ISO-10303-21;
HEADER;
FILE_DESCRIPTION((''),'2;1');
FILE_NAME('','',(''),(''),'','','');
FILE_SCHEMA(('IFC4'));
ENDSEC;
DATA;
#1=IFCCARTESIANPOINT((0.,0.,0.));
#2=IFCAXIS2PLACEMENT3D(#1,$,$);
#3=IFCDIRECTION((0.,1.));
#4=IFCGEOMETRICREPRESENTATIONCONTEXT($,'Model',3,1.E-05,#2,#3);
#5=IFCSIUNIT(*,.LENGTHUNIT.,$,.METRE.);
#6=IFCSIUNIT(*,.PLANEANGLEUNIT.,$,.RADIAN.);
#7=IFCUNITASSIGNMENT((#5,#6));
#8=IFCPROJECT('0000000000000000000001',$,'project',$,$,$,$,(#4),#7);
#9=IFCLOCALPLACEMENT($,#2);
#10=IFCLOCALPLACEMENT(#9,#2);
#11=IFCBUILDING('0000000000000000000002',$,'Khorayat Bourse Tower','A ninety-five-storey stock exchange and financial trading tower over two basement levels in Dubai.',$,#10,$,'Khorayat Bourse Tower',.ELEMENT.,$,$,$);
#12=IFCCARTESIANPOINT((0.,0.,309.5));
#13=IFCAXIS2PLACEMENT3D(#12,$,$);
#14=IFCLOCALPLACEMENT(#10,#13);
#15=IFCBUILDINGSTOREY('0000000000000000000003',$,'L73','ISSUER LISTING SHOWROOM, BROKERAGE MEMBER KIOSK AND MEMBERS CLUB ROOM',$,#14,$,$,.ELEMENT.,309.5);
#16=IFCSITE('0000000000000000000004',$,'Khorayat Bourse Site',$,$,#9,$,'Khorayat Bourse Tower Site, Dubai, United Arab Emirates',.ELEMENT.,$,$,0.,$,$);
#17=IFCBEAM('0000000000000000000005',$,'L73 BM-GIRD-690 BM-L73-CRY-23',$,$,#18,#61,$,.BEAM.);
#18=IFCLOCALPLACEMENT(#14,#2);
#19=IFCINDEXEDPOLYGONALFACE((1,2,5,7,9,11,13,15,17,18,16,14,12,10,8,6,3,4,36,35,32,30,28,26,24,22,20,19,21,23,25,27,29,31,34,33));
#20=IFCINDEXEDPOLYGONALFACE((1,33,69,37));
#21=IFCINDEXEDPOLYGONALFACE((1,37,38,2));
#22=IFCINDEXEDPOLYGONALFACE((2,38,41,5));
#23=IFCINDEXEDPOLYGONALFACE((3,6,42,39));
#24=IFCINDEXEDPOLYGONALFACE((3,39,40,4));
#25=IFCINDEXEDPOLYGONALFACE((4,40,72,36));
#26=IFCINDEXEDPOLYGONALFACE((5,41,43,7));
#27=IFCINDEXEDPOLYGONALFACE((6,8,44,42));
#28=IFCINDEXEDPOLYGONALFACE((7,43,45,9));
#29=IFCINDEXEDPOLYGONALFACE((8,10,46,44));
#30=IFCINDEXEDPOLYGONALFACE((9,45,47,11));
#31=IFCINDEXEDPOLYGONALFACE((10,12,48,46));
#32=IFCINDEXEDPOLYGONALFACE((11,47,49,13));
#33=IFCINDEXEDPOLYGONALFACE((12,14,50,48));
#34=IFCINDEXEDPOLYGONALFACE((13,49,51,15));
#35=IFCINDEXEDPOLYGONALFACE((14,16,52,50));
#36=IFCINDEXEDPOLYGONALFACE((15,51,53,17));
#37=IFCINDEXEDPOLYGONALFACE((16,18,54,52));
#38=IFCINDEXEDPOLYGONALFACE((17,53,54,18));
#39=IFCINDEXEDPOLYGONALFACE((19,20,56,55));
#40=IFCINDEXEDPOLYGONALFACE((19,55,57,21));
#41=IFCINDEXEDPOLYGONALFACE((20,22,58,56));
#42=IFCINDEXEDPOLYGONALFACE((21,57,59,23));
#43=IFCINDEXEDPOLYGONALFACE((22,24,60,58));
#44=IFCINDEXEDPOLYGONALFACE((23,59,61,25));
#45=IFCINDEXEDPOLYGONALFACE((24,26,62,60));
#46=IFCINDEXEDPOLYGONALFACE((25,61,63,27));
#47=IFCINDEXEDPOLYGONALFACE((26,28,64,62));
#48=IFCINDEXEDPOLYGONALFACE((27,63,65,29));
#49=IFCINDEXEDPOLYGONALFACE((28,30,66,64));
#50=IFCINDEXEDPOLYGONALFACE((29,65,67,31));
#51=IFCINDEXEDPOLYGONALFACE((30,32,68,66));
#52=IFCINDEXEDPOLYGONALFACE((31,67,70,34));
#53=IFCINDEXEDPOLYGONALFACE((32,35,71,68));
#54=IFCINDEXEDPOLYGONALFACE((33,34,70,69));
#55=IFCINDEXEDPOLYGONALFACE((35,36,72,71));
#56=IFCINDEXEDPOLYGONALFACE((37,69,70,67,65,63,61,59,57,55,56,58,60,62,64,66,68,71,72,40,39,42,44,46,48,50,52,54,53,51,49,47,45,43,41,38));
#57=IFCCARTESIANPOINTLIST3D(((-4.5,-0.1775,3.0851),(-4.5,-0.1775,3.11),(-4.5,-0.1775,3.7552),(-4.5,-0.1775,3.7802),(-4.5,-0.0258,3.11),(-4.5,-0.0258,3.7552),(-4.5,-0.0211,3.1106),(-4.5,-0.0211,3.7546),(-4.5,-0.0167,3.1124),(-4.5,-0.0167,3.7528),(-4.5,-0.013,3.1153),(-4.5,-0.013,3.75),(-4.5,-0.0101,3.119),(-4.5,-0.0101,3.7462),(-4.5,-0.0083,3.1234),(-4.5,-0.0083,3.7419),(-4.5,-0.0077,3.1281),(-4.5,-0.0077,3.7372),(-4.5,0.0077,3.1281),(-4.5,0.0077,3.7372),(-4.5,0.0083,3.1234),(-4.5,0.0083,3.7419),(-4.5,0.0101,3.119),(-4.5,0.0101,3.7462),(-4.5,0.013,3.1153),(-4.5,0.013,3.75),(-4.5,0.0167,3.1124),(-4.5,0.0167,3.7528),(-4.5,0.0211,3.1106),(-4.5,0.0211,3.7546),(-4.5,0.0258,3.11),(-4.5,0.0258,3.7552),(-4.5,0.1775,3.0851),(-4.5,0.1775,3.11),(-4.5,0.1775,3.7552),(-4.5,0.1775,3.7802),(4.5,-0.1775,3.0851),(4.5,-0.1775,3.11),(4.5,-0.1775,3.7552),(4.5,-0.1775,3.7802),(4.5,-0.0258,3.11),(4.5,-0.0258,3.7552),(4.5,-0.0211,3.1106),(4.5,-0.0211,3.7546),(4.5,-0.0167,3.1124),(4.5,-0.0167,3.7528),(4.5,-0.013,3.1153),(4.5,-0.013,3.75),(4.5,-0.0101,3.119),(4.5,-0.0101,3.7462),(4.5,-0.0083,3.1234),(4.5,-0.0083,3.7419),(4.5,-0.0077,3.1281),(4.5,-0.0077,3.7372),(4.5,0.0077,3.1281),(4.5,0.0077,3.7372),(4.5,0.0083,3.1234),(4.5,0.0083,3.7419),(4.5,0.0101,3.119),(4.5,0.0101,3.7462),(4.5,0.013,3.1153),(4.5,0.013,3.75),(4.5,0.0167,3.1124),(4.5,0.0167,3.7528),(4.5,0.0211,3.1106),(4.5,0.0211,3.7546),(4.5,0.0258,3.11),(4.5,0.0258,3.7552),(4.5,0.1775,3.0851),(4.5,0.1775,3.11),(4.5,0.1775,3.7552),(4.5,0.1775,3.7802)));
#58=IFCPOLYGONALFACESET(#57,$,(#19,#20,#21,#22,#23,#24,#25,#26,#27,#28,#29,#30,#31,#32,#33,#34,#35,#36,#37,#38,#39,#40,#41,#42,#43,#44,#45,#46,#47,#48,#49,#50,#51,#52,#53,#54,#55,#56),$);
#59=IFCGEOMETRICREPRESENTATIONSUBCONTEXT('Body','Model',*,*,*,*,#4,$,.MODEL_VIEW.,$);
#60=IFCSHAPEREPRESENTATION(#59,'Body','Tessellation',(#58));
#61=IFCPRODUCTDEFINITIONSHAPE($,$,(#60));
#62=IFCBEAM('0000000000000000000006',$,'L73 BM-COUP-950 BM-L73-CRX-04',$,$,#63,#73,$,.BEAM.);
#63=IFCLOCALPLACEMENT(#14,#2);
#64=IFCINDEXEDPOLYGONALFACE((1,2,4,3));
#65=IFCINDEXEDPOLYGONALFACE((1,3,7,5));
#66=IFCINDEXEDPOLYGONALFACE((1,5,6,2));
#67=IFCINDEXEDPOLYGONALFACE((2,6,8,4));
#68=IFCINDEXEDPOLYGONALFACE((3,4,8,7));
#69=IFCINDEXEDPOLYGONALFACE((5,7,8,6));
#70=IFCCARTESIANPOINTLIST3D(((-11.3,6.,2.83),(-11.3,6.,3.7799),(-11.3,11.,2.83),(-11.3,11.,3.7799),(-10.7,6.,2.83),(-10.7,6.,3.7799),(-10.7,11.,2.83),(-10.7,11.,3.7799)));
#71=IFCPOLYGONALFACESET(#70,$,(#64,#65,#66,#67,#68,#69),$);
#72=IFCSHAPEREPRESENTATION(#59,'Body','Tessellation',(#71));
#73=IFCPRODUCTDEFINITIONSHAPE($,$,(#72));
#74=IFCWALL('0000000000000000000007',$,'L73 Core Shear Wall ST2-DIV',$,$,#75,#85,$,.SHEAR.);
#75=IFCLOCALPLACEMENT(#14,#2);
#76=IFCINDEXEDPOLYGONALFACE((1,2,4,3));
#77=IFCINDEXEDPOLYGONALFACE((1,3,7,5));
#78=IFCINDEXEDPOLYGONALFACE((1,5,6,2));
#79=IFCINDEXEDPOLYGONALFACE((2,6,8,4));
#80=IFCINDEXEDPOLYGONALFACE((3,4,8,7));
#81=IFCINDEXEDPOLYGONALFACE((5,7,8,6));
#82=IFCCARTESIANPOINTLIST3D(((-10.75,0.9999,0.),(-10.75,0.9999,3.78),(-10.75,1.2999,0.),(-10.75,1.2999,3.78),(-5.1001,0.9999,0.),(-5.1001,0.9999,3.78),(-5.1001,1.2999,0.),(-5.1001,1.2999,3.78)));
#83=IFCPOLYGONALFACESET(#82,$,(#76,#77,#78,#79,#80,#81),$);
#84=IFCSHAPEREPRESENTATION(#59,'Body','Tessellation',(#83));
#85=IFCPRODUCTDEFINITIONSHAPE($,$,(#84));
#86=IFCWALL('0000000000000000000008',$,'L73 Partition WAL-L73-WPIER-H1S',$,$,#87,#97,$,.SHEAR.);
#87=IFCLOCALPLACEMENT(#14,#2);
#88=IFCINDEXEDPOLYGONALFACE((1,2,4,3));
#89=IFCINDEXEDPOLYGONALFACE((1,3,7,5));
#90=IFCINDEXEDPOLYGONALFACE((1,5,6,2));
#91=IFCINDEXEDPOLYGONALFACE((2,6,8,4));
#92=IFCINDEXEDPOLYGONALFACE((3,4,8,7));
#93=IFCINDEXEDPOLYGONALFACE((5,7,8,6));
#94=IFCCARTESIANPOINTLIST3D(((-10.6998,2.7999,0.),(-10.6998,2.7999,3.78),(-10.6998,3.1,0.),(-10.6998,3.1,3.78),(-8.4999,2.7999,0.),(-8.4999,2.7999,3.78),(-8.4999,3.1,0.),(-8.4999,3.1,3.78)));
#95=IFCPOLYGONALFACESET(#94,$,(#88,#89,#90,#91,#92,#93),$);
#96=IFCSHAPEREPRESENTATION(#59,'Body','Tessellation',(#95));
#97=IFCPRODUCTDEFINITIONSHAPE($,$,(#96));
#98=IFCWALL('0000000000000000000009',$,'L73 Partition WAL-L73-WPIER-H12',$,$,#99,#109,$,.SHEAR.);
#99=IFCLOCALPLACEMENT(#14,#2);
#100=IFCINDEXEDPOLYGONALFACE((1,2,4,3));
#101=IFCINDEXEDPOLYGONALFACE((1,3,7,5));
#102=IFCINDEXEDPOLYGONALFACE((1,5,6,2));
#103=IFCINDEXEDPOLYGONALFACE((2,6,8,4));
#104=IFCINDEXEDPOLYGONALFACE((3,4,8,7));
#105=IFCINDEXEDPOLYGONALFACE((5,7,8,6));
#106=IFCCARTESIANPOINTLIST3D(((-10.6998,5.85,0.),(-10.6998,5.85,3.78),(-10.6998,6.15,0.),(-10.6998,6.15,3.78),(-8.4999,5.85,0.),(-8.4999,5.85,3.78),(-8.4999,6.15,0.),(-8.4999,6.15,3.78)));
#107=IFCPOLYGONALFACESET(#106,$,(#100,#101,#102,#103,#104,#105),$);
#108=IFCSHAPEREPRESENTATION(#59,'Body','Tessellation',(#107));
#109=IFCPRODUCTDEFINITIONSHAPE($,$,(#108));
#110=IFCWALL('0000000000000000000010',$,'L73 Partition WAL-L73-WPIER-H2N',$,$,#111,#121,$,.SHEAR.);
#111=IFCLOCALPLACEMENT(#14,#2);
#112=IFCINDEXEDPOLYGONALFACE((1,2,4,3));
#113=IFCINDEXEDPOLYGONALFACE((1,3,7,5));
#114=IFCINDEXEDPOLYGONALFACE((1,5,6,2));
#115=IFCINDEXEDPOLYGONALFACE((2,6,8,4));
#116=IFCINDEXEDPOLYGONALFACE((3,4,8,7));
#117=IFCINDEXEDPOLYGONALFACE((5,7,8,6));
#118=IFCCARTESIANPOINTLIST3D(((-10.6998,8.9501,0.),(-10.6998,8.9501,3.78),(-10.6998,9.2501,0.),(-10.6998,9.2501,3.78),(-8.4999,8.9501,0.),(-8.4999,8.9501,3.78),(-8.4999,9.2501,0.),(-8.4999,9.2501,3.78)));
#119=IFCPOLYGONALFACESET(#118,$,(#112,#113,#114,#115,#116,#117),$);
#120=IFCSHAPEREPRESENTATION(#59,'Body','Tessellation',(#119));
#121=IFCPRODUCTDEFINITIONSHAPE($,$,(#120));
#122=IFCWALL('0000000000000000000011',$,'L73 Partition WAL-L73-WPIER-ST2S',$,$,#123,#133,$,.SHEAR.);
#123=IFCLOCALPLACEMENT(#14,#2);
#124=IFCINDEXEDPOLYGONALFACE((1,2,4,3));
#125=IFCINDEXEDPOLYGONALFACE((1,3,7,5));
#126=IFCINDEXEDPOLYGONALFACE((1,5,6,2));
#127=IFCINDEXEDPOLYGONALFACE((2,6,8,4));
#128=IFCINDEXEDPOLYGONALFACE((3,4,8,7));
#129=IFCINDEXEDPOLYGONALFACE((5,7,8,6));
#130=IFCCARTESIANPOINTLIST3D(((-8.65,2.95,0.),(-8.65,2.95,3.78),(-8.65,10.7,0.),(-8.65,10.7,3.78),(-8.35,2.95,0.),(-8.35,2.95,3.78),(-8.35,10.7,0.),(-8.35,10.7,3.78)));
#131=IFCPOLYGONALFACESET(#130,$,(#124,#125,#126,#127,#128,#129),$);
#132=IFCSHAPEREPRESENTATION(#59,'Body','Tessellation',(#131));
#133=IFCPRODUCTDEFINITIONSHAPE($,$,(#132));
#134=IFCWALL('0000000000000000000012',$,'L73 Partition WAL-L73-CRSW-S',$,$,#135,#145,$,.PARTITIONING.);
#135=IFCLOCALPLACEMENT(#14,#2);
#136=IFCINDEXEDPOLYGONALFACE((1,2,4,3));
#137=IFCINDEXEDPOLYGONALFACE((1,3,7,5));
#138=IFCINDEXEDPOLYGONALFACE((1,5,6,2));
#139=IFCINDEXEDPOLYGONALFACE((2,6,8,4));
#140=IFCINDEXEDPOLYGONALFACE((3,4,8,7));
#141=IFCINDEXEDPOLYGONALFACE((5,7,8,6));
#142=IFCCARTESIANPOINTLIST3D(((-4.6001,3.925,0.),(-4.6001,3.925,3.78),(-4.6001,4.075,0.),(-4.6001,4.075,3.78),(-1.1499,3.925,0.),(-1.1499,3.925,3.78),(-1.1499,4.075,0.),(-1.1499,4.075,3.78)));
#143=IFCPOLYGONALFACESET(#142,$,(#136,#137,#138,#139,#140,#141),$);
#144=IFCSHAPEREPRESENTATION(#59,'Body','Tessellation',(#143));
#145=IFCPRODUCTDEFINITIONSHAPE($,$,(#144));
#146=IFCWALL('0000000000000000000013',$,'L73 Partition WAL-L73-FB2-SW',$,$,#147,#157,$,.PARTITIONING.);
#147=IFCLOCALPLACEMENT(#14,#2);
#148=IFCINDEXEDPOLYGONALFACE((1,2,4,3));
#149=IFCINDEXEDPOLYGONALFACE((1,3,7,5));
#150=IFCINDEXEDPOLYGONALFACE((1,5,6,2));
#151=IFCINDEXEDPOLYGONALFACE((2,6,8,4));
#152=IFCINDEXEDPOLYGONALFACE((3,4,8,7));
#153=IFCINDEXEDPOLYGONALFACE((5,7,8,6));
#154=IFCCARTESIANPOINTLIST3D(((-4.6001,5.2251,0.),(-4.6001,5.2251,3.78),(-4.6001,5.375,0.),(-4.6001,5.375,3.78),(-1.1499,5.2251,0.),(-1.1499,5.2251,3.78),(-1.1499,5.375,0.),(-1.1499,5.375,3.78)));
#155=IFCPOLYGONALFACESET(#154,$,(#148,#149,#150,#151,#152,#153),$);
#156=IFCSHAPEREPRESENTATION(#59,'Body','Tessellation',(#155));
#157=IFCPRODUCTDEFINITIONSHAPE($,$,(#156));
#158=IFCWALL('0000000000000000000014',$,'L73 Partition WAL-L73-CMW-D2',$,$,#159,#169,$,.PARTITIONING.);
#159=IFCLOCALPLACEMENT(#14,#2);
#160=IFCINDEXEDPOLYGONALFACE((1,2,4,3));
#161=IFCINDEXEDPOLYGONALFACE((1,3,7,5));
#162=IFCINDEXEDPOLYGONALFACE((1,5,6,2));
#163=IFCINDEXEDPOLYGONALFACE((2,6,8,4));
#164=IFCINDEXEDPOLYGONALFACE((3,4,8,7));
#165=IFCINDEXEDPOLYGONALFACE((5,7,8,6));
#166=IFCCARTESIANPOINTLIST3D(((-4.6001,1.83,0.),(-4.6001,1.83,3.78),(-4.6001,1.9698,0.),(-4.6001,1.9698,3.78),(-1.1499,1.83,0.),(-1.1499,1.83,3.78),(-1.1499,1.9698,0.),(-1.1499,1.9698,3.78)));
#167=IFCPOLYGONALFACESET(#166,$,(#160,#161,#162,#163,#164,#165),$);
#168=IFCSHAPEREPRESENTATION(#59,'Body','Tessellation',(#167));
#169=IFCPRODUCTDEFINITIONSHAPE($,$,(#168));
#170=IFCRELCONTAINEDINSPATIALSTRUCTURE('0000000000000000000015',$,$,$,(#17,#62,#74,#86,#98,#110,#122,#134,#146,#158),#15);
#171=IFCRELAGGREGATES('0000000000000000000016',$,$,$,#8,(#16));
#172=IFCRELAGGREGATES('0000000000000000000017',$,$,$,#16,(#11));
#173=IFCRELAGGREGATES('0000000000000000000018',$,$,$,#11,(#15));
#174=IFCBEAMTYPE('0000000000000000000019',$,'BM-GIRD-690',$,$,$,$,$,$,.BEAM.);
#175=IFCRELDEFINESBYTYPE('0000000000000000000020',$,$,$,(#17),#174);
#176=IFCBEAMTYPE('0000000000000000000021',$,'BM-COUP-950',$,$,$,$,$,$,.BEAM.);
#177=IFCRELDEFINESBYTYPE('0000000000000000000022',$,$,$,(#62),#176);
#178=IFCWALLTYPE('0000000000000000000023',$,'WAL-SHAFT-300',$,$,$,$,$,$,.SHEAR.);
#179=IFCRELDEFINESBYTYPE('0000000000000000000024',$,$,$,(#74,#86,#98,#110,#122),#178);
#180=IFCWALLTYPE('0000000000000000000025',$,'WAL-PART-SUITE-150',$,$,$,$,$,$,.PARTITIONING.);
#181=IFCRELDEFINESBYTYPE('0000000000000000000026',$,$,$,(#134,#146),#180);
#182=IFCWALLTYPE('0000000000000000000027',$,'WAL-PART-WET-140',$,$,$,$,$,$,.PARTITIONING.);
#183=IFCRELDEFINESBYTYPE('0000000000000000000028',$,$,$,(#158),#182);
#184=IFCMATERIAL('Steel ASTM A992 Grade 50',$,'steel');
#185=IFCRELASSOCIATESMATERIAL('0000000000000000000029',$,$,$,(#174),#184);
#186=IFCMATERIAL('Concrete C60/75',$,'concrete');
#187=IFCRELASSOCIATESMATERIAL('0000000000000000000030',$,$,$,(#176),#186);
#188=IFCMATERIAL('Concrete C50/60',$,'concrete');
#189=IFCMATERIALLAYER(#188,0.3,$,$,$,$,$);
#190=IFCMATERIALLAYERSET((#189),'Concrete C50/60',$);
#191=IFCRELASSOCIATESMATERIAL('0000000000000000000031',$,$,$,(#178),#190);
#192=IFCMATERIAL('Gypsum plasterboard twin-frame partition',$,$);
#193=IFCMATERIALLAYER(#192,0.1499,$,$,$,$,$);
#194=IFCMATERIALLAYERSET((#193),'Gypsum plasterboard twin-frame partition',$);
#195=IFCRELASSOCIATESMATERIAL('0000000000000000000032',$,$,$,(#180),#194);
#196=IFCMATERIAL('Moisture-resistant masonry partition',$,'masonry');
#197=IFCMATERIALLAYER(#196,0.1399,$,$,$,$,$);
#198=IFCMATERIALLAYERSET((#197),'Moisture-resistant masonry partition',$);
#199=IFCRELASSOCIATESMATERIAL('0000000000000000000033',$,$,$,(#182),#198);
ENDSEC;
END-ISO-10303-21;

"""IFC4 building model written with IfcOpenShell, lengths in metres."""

from ifc_helpers import new_model, si_unit, direction, frame, frame_2d, origin, origin_2d, place, context, subcontext, project, spatial, rectangle, i_section, extrude, source, transform, mapped, material, layer, layer_set, material_profile, profile_set, type_object, element, save


model = new_model("IFC4")

# Units and contexts
model_context = context("Model", 3, precision=1e-05, world=origin(), true_north=direction((0.0, 1.0)))
body_context = subcontext(model_context, "Body", "Model", "MODEL_VIEW")
ifc_project = project(units=[si_unit("LENGTHUNIT", "METRE"), si_unit("PLANEANGLEUNIT", "RADIAN")], contexts=[model_context])

# Site, building, storey
site_placement = place(None, origin())
site = spatial("IfcSite", under=ifc_project, at=site_placement, Name="Khorayat Bourse Site", LongName="Khorayat Bourse Tower Site, Dubai, United Arab Emirates", CompositionType="ELEMENT", RefElevation=0.0)
building_placement = place(site_placement, origin())
building = spatial("IfcBuilding", under=site, at=building_placement, Name="Khorayat Bourse Tower", Description="A ninety-five-storey stock exchange and financial trading tower over two basement levels in Dubai.", LongName="Khorayat Bourse Tower", CompositionType="ELEMENT")
storey_placement = place(building_placement, frame((0.0, 0.0, 309.5)))
storey = spatial("IfcBuildingStorey", under=building, at=storey_placement, Name="L73", Description="ISSUER LISTING SHOWROOM, BROKERAGE MEMBER KIOSK AND MEMBERS CLUB ROOM", CompositionType="ELEMENT", Elevation=309.5)

# Beams
ifc_material_1 = material(Name="Steel ASTM A992 Grade 50", Category="steel")
ifc_material_profile_1 = material_profile(ifc_material_1, i_section(OverallWidth=0.355, OverallDepth=0.6951, WebThickness=0.0154, FlangeThickness=0.0249, FilletRadius=0.0181, at=origin_2d()), Name="W690X217")
ifc_profile_set_1 = profile_set([ifc_material_profile_1], Name="Steel ASTM A992 Grade 50")
beam_type_1 = type_object("IfcBeamType", Name="BM-GIRD-690", PredefinedType="BEAM", material=ifc_profile_set_1)
shared_shape_1 = source(origin(), body_context, "Body", "SweptSolid", [
    extrude(i_section(OverallWidth=0.355, OverallDepth=0.6951, WebThickness=0.0154, FlangeThickness=0.0249, FilletRadius=0.0181, at=origin_2d()), origin(), (0.0, 0.0, 1.0), 9.0),
])
beam_1_placement = place(storey_placement, frame((-4.5, 0.0, 3.4326), z_axis=(1.0, 0.0, 0.0), x_axis=(0.0, 1.0, 0.0)))
element("IfcBeam", 1, at=beam_1_placement, inside=storey, type_object=beam_type_1, Name="L73 BM-GIRD-690 BM-L73-CRY-23", PredefinedType="BEAM", context=body_context, shape_type="MappedRepresentation", body=[
    mapped(shared_shape_1, transform((0.0, 0.0, 0.0), scale=1.0)),
])
ifc_material_2 = material(Name="Concrete C60/75", Category="concrete")
ifc_material_profile_2 = material_profile(ifc_material_2, rectangle(XDim=0.6001, YDim=0.95, at=origin_2d()), Name="RC 600x950")
ifc_profile_set_2 = profile_set([ifc_material_profile_2], Name="Concrete C60/75")
beam_type_2 = type_object("IfcBeamType", Name="BM-COUP-950", PredefinedType="BEAM", material=ifc_profile_set_2)
shared_shape_2 = source(origin(), body_context, "Body", "SweptSolid", [
    extrude(rectangle(XDim=0.6001, YDim=0.95, at=origin_2d()), origin(), (0.0, 0.0, 1.0), 5.0),
])
beam_2_placement = place(storey_placement, frame((-11.0, 6.0, 3.3049), z_axis=(0.0, 1.0, 0.0), x_axis=(-1.0, 0.0, 0.0)))
element("IfcBeam", 2, at=beam_2_placement, inside=storey, type_object=beam_type_2, Name="L73 BM-COUP-950 BM-L73-CRX-04", PredefinedType="BEAM", context=body_context, shape_type="MappedRepresentation", body=[
    mapped(shared_shape_2, transform((0.0, 0.0, 0.0), scale=1.0)),
])

# Walls
ifc_material_3 = material(Name="Concrete C50/60", Category="concrete")
ifc_layer_1 = layer(ifc_material_3, 0.3)
ifc_layer_set_1 = layer_set([ifc_layer_1], Name="Concrete C50/60")
wall_type_1 = type_object("IfcWallType", Name="WAL-SHAFT-300", PredefinedType="SHEAR", material=ifc_layer_set_1)
shared_shape_3 = source(origin(), body_context, "Body", "SweptSolid", [
    extrude(rectangle(XDim=5.6499, YDim=0.3, at=frame_2d((2.825, 0.0))), origin(), (0.0, 0.0, 1.0), 3.78),
])
wall_1_placement = place(storey_placement, frame((-10.75, 1.1499, 0.0), z_axis=(0.0, 0.0, 1.0), x_axis=(1.0, 0.0, 0.0)))
element("IfcWall", 3, at=wall_1_placement, inside=storey, type_object=wall_type_1, Name="L73 Core Shear Wall ST2-DIV", PredefinedType="SHEAR", context=body_context, shape_type="MappedRepresentation", body=[
    mapped(shared_shape_3, transform((0.0, 0.0, 0.0), scale=1.0)),
])
shared_shape_4 = source(origin(), body_context, "Body", "SweptSolid", [
    extrude(rectangle(XDim=2.2, YDim=0.3, at=frame_2d((1.1001, 0.0))), origin(), (0.0, 0.0, 1.0), 3.78),
])
for number, where, z_axis, x_axis, name in (
    (4, (-10.7, 2.95, 0.0), (0.0, 0.0, 1.0), (1.0, 0.0, 0.0), "L73 Partition WAL-L73-WPIER-H1S"),
    (5, (-10.7, 6.0, 0.0), (0.0, 0.0, 1.0), (1.0, 0.0, 0.0), "L73 Partition WAL-L73-WPIER-H12"),
    (6, (-10.7, 9.1001, 0.0), (0.0, 0.0, 1.0), (1.0, 0.0, 0.0), "L73 Partition WAL-L73-WPIER-H2N"),
):
    element("IfcWall", number, at=place(storey_placement, frame(where, z_axis=z_axis, x_axis=x_axis)), inside=storey, type_object=wall_type_1, Name=name, PredefinedType="SHEAR", context=body_context, shape_type="MappedRepresentation", body=[
        mapped(shared_shape_4, transform((0.0, 0.0, 0.0), scale=1.0)),
    ])
shared_shape_5 = source(origin(), body_context, "Body", "SweptSolid", [
    extrude(rectangle(XDim=7.75, YDim=0.3, at=frame_2d((3.875, 0.0))), origin(), (0.0, 0.0, 1.0), 3.78),
])
wall_2_placement = place(storey_placement, frame((-8.5, 2.95, 0.0), z_axis=(0.0, 0.0, 1.0), x_axis=(0.0, 1.0, 0.0)))
element("IfcWall", 7, at=wall_2_placement, inside=storey, type_object=wall_type_1, Name="L73 Partition WAL-L73-WPIER-ST2S", PredefinedType="SHEAR", context=body_context, shape_type="MappedRepresentation", body=[
    mapped(shared_shape_5, transform((0.0, 0.0, 0.0), scale=1.0)),
])
ifc_material_4 = material(Name="Gypsum plasterboard twin-frame partition")
ifc_layer_2 = layer(ifc_material_4, 0.1499)
ifc_layer_set_2 = layer_set([ifc_layer_2], Name="Gypsum plasterboard twin-frame partition")
wall_type_2 = type_object("IfcWallType", Name="WAL-PART-SUITE-150", PredefinedType="PARTITIONING", material=ifc_layer_set_2)
shared_shape_6 = source(origin(), body_context, "Body", "SweptSolid", [
    extrude(rectangle(XDim=3.4502, YDim=0.1499, at=frame_2d((1.7251, 0.0))), origin(), (0.0, 0.0, 1.0), 3.78),
])
for number, where, z_axis, x_axis, name in (
    (8, (-4.6001, 4.0, 0.0), (0.0, 0.0, 1.0), (1.0, 0.0, 0.0), "L73 Partition WAL-L73-CRSW-S"),
    (9, (-4.6001, 5.3, 0.0), (0.0, 0.0, 1.0), (1.0, 0.0, 0.0), "L73 Partition WAL-L73-FB2-SW"),
):
    element("IfcWall", number, at=place(storey_placement, frame(where, z_axis=z_axis, x_axis=x_axis)), inside=storey, type_object=wall_type_2, Name=name, PredefinedType="PARTITIONING", context=body_context, shape_type="MappedRepresentation", body=[
        mapped(shared_shape_6, transform((0.0, 0.0, 0.0), scale=1.0)),
    ])
ifc_material_5 = material(Name="Moisture-resistant masonry partition", Category="masonry")
ifc_layer_3 = layer(ifc_material_5, 0.1399)
ifc_layer_set_3 = layer_set([ifc_layer_3], Name="Moisture-resistant masonry partition")
wall_type_3 = type_object("IfcWallType", Name="WAL-PART-WET-140", PredefinedType="PARTITIONING", material=ifc_layer_set_3)
shared_shape_7 = source(origin(), body_context, "Body", "SweptSolid", [
    extrude(rectangle(XDim=3.4502, YDim=0.1399, at=frame_2d((1.7251, 0.0))), origin(), (0.0, 0.0, 1.0), 3.78),
])
wall_3_placement = place(storey_placement, frame((-4.6001, 1.8999, 0.0), z_axis=(0.0, 0.0, 1.0), x_axis=(1.0, 0.0, 0.0)))
element("IfcWall", 10, at=wall_3_placement, inside=storey, type_object=wall_type_3, Name="L73 Partition WAL-L73-CMW-D2", PredefinedType="PARTITIONING", context=body_context, shape_type="MappedRepresentation", body=[
    mapped(shared_shape_7, transform((0.0, 0.0, 0.0), scale=1.0)),
])

save(model, "model.ifc")
